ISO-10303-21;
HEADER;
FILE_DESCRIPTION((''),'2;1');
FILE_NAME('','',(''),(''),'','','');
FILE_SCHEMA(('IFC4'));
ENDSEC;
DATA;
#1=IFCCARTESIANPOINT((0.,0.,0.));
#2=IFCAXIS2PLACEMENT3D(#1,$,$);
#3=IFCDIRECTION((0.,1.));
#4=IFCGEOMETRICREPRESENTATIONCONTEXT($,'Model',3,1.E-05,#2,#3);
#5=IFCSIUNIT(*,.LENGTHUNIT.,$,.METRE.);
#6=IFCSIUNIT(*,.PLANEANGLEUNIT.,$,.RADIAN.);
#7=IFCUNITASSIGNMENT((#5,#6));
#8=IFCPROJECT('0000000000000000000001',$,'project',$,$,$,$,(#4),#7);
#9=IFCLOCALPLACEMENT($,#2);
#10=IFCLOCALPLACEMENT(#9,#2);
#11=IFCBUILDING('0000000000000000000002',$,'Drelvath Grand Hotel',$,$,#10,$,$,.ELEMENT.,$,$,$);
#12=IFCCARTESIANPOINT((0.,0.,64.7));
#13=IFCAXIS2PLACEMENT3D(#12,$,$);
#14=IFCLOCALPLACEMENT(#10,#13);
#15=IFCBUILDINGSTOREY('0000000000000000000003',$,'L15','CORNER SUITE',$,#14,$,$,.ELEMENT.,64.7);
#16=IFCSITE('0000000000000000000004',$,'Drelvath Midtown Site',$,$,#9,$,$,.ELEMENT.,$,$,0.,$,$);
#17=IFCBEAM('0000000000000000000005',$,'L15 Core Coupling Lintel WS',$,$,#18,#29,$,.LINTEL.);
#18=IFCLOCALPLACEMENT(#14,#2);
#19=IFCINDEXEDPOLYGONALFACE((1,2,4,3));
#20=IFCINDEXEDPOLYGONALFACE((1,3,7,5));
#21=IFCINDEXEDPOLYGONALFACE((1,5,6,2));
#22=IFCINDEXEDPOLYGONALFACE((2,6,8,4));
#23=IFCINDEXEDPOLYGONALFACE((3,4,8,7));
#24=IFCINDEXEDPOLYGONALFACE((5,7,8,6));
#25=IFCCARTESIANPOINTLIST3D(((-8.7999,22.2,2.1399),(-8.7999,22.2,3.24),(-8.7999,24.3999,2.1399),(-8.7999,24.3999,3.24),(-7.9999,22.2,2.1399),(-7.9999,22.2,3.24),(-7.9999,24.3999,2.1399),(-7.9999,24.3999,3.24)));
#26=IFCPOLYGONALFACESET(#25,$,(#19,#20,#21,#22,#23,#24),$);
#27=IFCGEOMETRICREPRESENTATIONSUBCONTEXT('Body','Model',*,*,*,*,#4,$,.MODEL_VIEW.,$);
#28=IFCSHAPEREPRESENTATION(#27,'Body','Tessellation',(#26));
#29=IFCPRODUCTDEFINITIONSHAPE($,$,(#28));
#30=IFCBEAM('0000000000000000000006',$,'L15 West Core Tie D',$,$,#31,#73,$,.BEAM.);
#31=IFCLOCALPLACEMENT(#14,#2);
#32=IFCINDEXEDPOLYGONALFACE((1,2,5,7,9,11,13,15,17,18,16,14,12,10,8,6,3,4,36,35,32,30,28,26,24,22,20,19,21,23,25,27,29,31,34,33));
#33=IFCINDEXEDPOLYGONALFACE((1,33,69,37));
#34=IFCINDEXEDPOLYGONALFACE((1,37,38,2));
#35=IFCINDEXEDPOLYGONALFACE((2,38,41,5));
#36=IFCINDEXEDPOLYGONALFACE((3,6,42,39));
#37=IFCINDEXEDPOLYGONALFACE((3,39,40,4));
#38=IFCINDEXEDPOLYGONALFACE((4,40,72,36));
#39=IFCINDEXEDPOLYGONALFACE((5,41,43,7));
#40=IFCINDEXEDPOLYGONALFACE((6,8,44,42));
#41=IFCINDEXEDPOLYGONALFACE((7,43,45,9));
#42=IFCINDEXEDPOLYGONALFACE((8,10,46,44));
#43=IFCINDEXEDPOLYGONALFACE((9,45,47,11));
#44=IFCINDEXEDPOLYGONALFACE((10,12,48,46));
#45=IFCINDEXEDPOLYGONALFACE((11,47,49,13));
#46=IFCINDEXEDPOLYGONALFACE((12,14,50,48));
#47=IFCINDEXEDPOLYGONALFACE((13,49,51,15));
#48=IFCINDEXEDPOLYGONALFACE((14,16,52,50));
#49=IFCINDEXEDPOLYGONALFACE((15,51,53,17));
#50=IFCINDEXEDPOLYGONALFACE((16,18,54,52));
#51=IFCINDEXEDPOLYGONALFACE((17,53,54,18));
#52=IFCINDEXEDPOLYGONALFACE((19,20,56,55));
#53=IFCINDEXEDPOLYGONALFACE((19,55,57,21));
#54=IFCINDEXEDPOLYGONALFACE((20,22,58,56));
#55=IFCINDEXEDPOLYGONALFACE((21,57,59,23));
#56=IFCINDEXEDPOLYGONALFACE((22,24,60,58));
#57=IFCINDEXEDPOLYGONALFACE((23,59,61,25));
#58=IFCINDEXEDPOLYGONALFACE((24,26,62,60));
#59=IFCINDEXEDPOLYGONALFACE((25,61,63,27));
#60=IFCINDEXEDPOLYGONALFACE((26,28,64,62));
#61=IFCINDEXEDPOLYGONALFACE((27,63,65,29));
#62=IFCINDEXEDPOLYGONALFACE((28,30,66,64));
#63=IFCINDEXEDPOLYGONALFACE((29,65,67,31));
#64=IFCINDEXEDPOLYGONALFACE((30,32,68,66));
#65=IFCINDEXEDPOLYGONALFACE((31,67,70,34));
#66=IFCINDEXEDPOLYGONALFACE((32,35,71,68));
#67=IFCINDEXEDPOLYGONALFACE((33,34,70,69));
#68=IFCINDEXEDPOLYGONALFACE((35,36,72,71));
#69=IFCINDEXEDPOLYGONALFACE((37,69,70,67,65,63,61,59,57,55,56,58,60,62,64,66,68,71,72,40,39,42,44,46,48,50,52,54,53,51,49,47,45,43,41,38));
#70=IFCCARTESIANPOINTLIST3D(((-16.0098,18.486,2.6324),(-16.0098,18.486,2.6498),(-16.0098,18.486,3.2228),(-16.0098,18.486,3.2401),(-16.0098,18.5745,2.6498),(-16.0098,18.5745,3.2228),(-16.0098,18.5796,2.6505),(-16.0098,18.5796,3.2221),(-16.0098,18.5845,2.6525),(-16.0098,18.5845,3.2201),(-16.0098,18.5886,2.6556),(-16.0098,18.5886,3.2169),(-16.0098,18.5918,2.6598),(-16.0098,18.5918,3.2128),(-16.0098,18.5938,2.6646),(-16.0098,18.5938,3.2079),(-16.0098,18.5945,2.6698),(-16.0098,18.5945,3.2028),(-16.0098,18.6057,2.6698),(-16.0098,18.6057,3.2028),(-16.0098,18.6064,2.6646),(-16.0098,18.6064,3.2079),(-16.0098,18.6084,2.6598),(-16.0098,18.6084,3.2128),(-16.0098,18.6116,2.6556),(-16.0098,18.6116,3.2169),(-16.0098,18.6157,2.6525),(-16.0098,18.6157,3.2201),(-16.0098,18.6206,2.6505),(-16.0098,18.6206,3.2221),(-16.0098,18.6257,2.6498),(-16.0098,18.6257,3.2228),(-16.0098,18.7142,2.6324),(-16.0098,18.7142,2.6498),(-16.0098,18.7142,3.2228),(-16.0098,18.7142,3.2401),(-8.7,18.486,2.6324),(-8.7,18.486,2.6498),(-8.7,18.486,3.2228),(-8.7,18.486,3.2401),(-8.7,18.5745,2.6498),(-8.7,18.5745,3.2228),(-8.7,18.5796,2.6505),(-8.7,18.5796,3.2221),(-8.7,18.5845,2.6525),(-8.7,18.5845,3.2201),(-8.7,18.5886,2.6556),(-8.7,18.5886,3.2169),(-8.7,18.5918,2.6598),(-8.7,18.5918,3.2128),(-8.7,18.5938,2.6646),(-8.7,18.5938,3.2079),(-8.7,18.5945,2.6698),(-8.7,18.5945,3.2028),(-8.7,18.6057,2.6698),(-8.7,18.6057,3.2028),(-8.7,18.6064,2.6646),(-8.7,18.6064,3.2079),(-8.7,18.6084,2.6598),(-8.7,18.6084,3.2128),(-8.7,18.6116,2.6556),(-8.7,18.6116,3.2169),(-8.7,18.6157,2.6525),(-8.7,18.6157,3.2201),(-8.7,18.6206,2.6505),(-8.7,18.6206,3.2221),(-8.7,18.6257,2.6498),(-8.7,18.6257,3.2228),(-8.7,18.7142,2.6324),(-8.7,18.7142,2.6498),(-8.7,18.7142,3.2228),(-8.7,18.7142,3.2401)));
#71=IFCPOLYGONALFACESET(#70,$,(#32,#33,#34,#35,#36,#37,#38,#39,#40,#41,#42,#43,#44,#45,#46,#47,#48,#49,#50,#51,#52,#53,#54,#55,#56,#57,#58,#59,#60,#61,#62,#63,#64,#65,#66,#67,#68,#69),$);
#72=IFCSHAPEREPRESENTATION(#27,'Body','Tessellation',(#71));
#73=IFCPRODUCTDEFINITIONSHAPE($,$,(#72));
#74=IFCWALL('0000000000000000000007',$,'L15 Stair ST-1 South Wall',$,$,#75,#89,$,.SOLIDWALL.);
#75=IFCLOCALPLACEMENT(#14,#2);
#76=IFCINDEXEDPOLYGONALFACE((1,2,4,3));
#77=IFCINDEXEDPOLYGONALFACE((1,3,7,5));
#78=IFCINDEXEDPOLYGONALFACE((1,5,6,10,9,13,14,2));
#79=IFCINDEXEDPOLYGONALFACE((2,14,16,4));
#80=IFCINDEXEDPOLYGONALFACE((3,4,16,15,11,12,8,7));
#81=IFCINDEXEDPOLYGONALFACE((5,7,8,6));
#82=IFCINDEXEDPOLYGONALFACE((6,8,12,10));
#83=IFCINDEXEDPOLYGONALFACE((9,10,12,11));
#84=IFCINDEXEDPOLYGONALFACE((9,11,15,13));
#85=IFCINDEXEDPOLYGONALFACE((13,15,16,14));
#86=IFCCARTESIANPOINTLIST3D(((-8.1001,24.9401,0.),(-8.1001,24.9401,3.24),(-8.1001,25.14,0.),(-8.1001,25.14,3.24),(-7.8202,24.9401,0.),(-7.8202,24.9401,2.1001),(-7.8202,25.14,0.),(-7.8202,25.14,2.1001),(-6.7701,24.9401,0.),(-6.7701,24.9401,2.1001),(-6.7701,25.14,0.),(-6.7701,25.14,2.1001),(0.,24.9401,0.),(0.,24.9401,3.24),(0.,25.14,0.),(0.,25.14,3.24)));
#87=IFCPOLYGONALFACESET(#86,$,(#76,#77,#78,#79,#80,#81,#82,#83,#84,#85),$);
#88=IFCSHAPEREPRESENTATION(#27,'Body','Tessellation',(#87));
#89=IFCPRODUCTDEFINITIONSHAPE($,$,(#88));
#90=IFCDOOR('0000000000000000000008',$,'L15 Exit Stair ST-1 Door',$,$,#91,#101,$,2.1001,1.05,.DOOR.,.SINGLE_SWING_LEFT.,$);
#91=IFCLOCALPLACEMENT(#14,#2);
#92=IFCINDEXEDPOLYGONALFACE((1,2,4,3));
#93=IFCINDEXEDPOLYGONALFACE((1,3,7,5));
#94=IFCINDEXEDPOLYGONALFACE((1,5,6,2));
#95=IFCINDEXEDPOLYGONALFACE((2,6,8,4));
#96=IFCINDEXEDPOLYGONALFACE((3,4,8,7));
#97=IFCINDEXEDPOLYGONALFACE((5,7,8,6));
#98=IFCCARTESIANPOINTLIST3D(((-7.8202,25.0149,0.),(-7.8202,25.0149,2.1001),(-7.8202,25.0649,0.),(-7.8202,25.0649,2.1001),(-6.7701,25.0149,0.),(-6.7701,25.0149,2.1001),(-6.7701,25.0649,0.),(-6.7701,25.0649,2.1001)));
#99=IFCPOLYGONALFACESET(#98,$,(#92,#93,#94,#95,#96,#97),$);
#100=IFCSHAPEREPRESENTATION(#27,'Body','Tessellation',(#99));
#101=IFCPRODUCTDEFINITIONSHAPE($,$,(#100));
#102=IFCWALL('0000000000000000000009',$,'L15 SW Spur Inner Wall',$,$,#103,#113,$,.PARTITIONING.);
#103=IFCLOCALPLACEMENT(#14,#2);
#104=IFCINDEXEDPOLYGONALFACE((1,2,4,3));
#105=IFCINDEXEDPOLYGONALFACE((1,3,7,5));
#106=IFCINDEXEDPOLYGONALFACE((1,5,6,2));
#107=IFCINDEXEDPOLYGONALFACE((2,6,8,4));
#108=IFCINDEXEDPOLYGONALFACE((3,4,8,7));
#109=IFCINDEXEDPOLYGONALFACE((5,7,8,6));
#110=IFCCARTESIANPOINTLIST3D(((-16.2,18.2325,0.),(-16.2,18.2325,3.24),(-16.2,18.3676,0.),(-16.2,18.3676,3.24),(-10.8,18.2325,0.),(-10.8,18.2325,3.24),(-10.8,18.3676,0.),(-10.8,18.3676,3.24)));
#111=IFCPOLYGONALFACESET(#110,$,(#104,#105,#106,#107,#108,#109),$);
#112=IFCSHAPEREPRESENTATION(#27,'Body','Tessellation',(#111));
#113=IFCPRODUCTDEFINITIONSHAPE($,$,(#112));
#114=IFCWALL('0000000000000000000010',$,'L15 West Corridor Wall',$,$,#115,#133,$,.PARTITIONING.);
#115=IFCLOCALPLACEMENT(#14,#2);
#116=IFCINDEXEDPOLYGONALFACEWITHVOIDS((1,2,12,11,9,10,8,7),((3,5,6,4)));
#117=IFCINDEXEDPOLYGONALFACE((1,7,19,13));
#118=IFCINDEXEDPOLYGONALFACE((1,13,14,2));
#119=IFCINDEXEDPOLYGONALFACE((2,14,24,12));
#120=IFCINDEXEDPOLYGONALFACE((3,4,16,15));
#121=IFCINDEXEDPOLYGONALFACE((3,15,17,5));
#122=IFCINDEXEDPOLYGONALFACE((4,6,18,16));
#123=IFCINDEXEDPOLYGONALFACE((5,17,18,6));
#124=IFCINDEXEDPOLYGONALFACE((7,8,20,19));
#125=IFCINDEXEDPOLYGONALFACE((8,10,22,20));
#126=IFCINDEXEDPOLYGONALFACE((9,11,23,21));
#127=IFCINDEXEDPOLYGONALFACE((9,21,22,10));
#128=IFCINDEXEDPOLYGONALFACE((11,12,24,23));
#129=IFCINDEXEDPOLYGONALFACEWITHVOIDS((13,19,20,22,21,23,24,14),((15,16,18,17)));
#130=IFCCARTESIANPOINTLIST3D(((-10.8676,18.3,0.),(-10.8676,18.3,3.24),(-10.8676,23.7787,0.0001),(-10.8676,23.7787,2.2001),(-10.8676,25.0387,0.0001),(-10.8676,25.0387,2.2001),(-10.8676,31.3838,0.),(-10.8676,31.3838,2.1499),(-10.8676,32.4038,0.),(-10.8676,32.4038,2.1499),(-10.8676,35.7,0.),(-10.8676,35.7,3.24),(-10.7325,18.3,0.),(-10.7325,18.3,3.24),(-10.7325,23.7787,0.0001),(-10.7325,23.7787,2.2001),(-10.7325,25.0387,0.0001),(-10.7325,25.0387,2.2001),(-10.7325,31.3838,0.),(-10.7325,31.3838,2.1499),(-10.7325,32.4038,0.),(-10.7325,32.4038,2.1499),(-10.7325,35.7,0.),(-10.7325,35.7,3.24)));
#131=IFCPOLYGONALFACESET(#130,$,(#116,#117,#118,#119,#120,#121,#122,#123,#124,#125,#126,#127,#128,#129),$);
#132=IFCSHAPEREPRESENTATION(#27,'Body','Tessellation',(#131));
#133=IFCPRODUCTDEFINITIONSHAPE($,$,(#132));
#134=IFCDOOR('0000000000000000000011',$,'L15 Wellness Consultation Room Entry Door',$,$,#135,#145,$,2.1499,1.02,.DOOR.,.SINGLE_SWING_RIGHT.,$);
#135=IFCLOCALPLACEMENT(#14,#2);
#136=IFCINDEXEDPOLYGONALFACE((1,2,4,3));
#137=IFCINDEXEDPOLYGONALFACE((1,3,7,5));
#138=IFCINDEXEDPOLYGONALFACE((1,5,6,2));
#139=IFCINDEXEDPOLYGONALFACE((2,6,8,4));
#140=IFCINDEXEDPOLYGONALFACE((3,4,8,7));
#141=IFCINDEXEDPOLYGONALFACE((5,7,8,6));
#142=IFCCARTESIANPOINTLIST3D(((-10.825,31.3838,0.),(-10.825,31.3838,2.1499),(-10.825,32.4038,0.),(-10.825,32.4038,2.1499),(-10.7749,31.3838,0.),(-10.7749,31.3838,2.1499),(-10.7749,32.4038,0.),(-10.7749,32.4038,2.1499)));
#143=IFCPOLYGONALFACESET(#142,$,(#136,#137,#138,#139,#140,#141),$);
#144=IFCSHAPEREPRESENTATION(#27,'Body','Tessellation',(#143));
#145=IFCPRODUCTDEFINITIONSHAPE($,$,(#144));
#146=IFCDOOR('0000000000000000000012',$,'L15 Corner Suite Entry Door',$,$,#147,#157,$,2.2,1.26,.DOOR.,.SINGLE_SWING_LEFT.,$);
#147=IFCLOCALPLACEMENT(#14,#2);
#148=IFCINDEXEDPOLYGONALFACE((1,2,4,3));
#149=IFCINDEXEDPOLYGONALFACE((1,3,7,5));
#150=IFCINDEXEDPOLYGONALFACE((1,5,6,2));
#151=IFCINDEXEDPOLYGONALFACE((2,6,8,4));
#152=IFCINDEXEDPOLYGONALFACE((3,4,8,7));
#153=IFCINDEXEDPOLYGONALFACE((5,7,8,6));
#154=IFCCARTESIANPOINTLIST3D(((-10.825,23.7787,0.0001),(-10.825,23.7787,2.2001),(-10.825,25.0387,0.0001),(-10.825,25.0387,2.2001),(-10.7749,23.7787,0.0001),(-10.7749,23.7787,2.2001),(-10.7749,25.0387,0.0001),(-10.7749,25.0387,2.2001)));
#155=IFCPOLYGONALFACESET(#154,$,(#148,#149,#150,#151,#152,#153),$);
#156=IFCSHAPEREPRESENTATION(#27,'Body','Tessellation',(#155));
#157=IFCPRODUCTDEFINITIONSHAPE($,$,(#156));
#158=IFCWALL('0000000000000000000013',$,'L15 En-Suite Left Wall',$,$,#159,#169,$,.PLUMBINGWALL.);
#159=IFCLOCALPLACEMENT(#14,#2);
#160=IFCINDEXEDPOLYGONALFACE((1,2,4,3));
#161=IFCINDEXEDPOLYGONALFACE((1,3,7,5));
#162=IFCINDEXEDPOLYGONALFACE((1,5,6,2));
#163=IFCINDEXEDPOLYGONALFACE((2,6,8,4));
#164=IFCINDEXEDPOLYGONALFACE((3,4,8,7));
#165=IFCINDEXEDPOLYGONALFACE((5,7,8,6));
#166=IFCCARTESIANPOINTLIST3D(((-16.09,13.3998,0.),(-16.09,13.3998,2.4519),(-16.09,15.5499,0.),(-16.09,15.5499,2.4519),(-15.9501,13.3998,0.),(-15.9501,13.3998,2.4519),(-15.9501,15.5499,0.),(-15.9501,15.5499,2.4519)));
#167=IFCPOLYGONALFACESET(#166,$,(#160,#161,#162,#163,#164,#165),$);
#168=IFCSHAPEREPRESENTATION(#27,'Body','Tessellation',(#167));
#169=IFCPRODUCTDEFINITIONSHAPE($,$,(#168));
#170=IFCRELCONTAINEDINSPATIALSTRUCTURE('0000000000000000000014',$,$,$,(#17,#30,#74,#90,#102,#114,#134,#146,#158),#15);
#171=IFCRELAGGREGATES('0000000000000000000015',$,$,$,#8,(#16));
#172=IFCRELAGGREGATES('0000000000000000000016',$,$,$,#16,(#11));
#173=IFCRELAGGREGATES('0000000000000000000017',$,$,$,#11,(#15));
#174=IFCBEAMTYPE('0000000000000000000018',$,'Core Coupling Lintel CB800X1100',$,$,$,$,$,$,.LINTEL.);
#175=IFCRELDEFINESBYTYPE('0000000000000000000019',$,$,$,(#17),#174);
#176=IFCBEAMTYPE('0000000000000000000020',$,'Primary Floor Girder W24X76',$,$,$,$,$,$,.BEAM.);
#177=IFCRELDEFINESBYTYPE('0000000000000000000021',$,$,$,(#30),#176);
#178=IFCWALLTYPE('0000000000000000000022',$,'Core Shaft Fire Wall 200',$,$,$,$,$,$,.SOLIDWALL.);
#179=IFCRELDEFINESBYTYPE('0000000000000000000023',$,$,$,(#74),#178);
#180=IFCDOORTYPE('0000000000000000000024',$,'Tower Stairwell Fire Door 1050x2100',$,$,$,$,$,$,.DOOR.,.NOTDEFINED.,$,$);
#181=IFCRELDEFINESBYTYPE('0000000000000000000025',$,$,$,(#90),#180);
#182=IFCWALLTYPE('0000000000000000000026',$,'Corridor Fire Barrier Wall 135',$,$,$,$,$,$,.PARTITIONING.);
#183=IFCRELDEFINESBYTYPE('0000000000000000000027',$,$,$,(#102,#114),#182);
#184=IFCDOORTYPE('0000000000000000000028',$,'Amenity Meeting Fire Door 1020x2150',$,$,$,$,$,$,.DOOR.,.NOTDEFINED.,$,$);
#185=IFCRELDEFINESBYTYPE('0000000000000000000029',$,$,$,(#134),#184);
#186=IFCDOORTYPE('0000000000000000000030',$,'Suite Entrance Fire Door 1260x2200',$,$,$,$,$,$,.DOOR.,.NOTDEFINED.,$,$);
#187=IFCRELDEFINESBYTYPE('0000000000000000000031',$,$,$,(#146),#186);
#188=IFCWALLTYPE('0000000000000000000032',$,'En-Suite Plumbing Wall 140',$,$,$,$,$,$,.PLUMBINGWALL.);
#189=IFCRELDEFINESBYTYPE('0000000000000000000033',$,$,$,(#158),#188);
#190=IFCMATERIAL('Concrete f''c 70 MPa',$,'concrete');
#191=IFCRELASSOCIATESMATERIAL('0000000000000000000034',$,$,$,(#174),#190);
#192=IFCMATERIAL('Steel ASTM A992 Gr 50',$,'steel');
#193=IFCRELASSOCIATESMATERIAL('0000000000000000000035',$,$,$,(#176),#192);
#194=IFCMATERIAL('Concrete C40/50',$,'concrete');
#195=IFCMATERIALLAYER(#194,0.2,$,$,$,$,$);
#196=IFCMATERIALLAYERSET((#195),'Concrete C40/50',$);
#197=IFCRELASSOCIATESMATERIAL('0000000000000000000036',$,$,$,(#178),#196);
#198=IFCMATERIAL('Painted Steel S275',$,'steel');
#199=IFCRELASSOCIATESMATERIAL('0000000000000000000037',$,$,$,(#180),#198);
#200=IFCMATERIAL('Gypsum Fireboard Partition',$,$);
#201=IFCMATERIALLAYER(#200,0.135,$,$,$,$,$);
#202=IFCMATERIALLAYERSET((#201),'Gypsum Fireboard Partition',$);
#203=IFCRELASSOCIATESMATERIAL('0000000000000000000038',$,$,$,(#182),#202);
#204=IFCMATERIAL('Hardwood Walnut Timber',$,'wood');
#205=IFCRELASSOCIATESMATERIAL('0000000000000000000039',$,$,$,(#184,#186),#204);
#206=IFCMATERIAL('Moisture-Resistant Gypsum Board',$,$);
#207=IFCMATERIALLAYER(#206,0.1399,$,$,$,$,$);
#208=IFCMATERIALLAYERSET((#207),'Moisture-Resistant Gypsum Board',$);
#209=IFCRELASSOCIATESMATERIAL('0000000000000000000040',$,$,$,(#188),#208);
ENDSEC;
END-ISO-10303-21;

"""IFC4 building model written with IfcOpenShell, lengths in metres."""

from ifc_helpers import new_model, si_unit, direction, frame, frame_2d, origin, origin_2d, place, context, subcontext, project, spatial, rectangle, i_section, extrude, material, layer, layer_set, material_profile, profile_set, type_object, element, fill, save


model = new_model("IFC4")

# Units and contexts
model_context = context("Model", 3, precision=1e-05, world=origin(), true_north=direction((0.0, 1.0)))
body_context = subcontext(model_context, "Body", "Model", "MODEL_VIEW")
ifc_project = project(units=[si_unit("LENGTHUNIT", "METRE"), si_unit("PLANEANGLEUNIT", "RADIAN")], contexts=[model_context])

# Site, building, storey
site_placement = place(None, origin())
site = spatial("IfcSite", under=ifc_project, at=site_placement, Name="Drelvath Midtown Site", CompositionType="ELEMENT", RefElevation=0.0)
building_placement = place(site_placement, origin())
building = spatial("IfcBuilding", under=site, at=building_placement, Name="Drelvath Grand Hotel", CompositionType="ELEMENT")
storey_placement = place(building_placement, frame((0.0, 0.0, 64.7)))
storey = spatial("IfcBuildingStorey", under=building, at=storey_placement, Name="L15", Description="CORNER SUITE", CompositionType="ELEMENT", Elevation=64.7)

# Beams
ifc_material_1 = material(Name="Concrete f'c 70 MPa", Category="concrete")
ifc_material_profile_1 = material_profile(ifc_material_1, rectangle(XDim=0.8, YDim=1.1001, at=origin_2d()), Name="CB800X1100")
ifc_profile_set_1 = profile_set([ifc_material_profile_1], Name="Concrete f'c 70 MPa")
beam_type_1 = type_object("IfcBeamType", Name="Core Coupling Lintel CB800X1100", PredefinedType="LINTEL", material=ifc_profile_set_1)
beam_1_placement = place(storey_placement, frame((-8.3999, 22.2, 2.6899), z_axis=(0.0, 1.0, 0.0), x_axis=(-1.0, 0.0, 0.0)))
element("IfcBeam", 1, at=beam_1_placement, inside=storey, type_object=beam_type_1, Name="L15 Core Coupling Lintel WS", PredefinedType="LINTEL", context=body_context, shape_type="SweptSolid", body=[
    extrude(rectangle(XDim=0.8, YDim=1.1001, at=origin_2d()), origin(), (0.0, 0.0, 1.0), 2.2),
])
ifc_material_2 = material(Name="Steel ASTM A992 Gr 50", Category="steel")
ifc_material_profile_2 = material_profile(ifc_material_2, i_section(OverallWidth=0.2283, OverallDepth=0.6077, WebThickness=0.0112, FlangeThickness=0.0173, FilletRadius=0.02, at=origin_2d()), Name="W24X76")
ifc_profile_set_2 = profile_set([ifc_material_profile_2], Name="Steel ASTM A992 Gr 50")
beam_type_2 = type_object("IfcBeamType", Name="Primary Floor Girder W24X76", PredefinedType="BEAM", material=ifc_profile_set_2)
beam_2_placement = place(storey_placement, frame((-16.0098, 18.6001, 2.9363), z_axis=(1.0, 0.0, 0.0), x_axis=(0.0, 1.0, 0.0)))
element("IfcBeam", 2, at=beam_2_placement, inside=storey, type_object=beam_type_2, Name="L15 West Core Tie D", PredefinedType="BEAM", context=body_context, shape_type="SweptSolid", body=[
    extrude(i_section(OverallWidth=0.2283, OverallDepth=0.6077, WebThickness=0.0112, FlangeThickness=0.0173, FilletRadius=0.02, at=origin_2d()), origin(), (0.0, 0.0, 1.0), 7.3098),
])

# Wall, opening, door
ifc_material_3 = material(Name="Concrete C40/50", Category="concrete")
ifc_layer_1 = layer(ifc_material_3, 0.2)
ifc_layer_set_1 = layer_set([ifc_layer_1], Name="Concrete C40/50")
wall_type_1 = type_object("IfcWallType", Name="Core Shaft Fire Wall 200", PredefinedType="SOLIDWALL", material=ifc_layer_set_1)
wall_1_placement = place(storey_placement, frame((-8.1001, 25.04, 0.0), z_axis=(0.0, 0.0, 1.0), x_axis=(1.0, 0.0, 0.0)))
wall_1 = element("IfcWall", 3, at=wall_1_placement, inside=storey, type_object=wall_type_1, Name="L15 Stair ST-1 South Wall", PredefinedType="SOLIDWALL", context=body_context, shape_type="SweptSolid", body=[
    extrude(rectangle(XDim=8.1001, YDim=0.2, at=frame_2d((4.05, 0.0))), origin(), (0.0, 0.0, 1.0), 3.24),
])
opening_1_placement = place(wall_1_placement, frame((0.28, 0.0, 0.0)))
opening_1 = element("IfcOpeningElement", 4, at=opening_1_placement, cuts=wall_1, PredefinedType="OPENING", context=body_context, shape_type="SweptSolid", body=[
    extrude(rectangle(XDim=1.05, YDim=2.1001, at=frame_2d((0.5249, 1.05))), frame((0.0, 0.1099, 0.0), z_axis=(0.0, -1.0, 0.0), x_axis=(1.0, 0.0, 0.0)), (0.0, 0.0, 1.0), 0.22),
])
ifc_material_4 = material(Name="Painted Steel S275", Category="steel")
door_type_1 = type_object("IfcDoorType", Name="Tower Stairwell Fire Door 1050x2100", OperationType="NOTDEFINED", PredefinedType="DOOR", material=ifc_material_4)
door_1_placement = place(opening_1_placement, origin())
door_1 = element("IfcDoor", 5, at=door_1_placement, inside=storey, type_object=door_type_1, Name="L15 Exit Stair ST-1 Door", OperationType="SINGLE_SWING_LEFT", OverallHeight=2.1001, OverallWidth=1.05, PredefinedType="DOOR", context=body_context, shape_type="SweptSolid", body=[
    extrude(rectangle(XDim=1.05, YDim=2.1001, at=frame_2d((0.5249, 1.05))), frame((0.0, 0.0249, 0.0), z_axis=(0.0, -1.0, 0.0), x_axis=(1.0, 0.0, 0.0)), (0.0, 0.0, 1.0), 0.05),
])
fill(opening_1, door_1)

# Wall
ifc_material_5 = material(Name="Gypsum Fireboard Partition")
ifc_layer_2 = layer(ifc_material_5, 0.135)
ifc_layer_set_2 = layer_set([ifc_layer_2], Name="Gypsum Fireboard Partition")
wall_type_2 = type_object("IfcWallType", Name="Corridor Fire Barrier Wall 135", PredefinedType="PARTITIONING", material=ifc_layer_set_2)
wall_2_placement = place(storey_placement, frame((-16.2, 18.3, 0.0), z_axis=(0.0, 0.0, 1.0), x_axis=(1.0, 0.0, 0.0)))
element("IfcWall", 6, at=wall_2_placement, inside=storey, type_object=wall_type_2, Name="L15 SW Spur Inner Wall", PredefinedType="PARTITIONING", context=body_context, shape_type="SweptSolid", body=[
    extrude(rectangle(XDim=5.3999, YDim=0.135, at=frame_2d((2.7, 0.0))), origin(), (0.0, 0.0, 1.0), 3.24),
])

# Wall, openings, doors
wall_3_placement = place(storey_placement, frame((-10.8, 18.3, 0.0), z_axis=(0.0, 0.0, 1.0), x_axis=(0.0, 1.0, 0.0)))
wall_3 = element("IfcWall", 7, at=wall_3_placement, inside=storey, type_object=wall_type_2, Name="L15 West Corridor Wall", PredefinedType="PARTITIONING", context=body_context, shape_type="SweptSolid", body=[
    extrude(rectangle(XDim=17.3999, YDim=0.135, at=frame_2d((8.7, 0.0))), origin(), (0.0, 0.0, 1.0), 3.24),
])
opening_2_placement = place(wall_3_placement, frame((5.4788, 0.0, 0.0)))
opening_2 = element("IfcOpeningElement", 8, at=opening_2_placement, cuts=wall_3, PredefinedType="OPENING", context=body_context, shape_type="SweptSolid", body=[
    extrude(rectangle(XDim=1.26, YDim=2.2, at=frame_2d((0.6299, 1.1001))), frame((0.0, 0.0774, 0.0), z_axis=(0.0, -1.0, 0.0), x_axis=(1.0, 0.0, 0.0)), (0.0, 0.0, 1.0), 0.155),
])
opening_3_placement = place(wall_3_placement, frame((13.0837, 0.0, 0.0)))
opening_3 = element("IfcOpeningElement", 9, at=opening_3_placement, cuts=wall_3, PredefinedType="OPENING", context=body_context, shape_type="SweptSolid", body=[
    extrude(rectangle(XDim=1.02, YDim=2.1499, at=frame_2d((0.51, 1.075))), frame((0.0, 0.0774, 0.0), z_axis=(0.0, -1.0, 0.0), x_axis=(1.0, 0.0, 0.0)), (0.0, 0.0, 1.0), 0.155),
])
ifc_material_6 = material(Name="Hardwood Walnut Timber", Category="wood")
door_type_2 = type_object("IfcDoorType", Name="Amenity Meeting Fire Door 1020x2150", OperationType="NOTDEFINED", PredefinedType="DOOR", material=ifc_material_6)
door_2_placement = place(opening_3_placement, origin())
door_2 = element("IfcDoor", 10, at=door_2_placement, inside=storey, type_object=door_type_2, Name="L15 Wellness Consultation Room Entry Door", OperationType="SINGLE_SWING_RIGHT", OverallHeight=2.1499, OverallWidth=1.02, PredefinedType="DOOR", context=body_context, shape_type="SweptSolid", body=[
    extrude(rectangle(XDim=1.02, YDim=2.1499, at=frame_2d((0.51, 1.075))), frame((0.0, 0.0249, 0.0), z_axis=(0.0, -1.0, 0.0), x_axis=(1.0, 0.0, 0.0)), (0.0, 0.0, 1.0), 0.05),
])
fill(opening_3, door_2)
door_type_3 = type_object("IfcDoorType", Name="Suite Entrance Fire Door 1260x2200", OperationType="NOTDEFINED", PredefinedType="DOOR", material=ifc_material_6)
door_3_placement = place(opening_2_placement, origin())
door_3 = element("IfcDoor", 11, at=door_3_placement, inside=storey, type_object=door_type_3, Name="L15 Corner Suite Entry Door", OperationType="SINGLE_SWING_LEFT", OverallHeight=2.2, OverallWidth=1.26, PredefinedType="DOOR", context=body_context, shape_type="SweptSolid", body=[
    extrude(rectangle(XDim=1.26, YDim=2.2, at=frame_2d((0.6299, 1.1001))), frame((0.0, 0.0249, 0.0), z_axis=(0.0, -1.0, 0.0), x_axis=(1.0, 0.0, 0.0)), (0.0, 0.0, 1.0), 0.05),
])
fill(opening_2, door_3)

# Wall
ifc_material_7 = material(Name="Moisture-Resistant Gypsum Board")
ifc_layer_3 = layer(ifc_material_7, 0.1399)
ifc_layer_set_3 = layer_set([ifc_layer_3], Name="Moisture-Resistant Gypsum Board")
wall_type_3 = type_object("IfcWallType", Name="En-Suite Plumbing Wall 140", PredefinedType="PLUMBINGWALL", material=ifc_layer_set_3)
wall_4_placement = place(storey_placement, frame((-16.02, 15.55, 0.0), z_axis=(0.0, 0.0, 1.0), x_axis=(0.0, -1.0, 0.0)))
element("IfcWall", 12, at=wall_4_placement, inside=storey, type_object=wall_type_3, Name="L15 En-Suite Left Wall", PredefinedType="PLUMBINGWALL", context=body_context, shape_type="SweptSolid", body=[
    extrude(rectangle(XDim=2.1501, YDim=0.1399, at=frame_2d((1.0752, 0.0))), origin(), (0.0, 0.0, 1.0), 2.4519),
])

save(model, "model.ifc")
